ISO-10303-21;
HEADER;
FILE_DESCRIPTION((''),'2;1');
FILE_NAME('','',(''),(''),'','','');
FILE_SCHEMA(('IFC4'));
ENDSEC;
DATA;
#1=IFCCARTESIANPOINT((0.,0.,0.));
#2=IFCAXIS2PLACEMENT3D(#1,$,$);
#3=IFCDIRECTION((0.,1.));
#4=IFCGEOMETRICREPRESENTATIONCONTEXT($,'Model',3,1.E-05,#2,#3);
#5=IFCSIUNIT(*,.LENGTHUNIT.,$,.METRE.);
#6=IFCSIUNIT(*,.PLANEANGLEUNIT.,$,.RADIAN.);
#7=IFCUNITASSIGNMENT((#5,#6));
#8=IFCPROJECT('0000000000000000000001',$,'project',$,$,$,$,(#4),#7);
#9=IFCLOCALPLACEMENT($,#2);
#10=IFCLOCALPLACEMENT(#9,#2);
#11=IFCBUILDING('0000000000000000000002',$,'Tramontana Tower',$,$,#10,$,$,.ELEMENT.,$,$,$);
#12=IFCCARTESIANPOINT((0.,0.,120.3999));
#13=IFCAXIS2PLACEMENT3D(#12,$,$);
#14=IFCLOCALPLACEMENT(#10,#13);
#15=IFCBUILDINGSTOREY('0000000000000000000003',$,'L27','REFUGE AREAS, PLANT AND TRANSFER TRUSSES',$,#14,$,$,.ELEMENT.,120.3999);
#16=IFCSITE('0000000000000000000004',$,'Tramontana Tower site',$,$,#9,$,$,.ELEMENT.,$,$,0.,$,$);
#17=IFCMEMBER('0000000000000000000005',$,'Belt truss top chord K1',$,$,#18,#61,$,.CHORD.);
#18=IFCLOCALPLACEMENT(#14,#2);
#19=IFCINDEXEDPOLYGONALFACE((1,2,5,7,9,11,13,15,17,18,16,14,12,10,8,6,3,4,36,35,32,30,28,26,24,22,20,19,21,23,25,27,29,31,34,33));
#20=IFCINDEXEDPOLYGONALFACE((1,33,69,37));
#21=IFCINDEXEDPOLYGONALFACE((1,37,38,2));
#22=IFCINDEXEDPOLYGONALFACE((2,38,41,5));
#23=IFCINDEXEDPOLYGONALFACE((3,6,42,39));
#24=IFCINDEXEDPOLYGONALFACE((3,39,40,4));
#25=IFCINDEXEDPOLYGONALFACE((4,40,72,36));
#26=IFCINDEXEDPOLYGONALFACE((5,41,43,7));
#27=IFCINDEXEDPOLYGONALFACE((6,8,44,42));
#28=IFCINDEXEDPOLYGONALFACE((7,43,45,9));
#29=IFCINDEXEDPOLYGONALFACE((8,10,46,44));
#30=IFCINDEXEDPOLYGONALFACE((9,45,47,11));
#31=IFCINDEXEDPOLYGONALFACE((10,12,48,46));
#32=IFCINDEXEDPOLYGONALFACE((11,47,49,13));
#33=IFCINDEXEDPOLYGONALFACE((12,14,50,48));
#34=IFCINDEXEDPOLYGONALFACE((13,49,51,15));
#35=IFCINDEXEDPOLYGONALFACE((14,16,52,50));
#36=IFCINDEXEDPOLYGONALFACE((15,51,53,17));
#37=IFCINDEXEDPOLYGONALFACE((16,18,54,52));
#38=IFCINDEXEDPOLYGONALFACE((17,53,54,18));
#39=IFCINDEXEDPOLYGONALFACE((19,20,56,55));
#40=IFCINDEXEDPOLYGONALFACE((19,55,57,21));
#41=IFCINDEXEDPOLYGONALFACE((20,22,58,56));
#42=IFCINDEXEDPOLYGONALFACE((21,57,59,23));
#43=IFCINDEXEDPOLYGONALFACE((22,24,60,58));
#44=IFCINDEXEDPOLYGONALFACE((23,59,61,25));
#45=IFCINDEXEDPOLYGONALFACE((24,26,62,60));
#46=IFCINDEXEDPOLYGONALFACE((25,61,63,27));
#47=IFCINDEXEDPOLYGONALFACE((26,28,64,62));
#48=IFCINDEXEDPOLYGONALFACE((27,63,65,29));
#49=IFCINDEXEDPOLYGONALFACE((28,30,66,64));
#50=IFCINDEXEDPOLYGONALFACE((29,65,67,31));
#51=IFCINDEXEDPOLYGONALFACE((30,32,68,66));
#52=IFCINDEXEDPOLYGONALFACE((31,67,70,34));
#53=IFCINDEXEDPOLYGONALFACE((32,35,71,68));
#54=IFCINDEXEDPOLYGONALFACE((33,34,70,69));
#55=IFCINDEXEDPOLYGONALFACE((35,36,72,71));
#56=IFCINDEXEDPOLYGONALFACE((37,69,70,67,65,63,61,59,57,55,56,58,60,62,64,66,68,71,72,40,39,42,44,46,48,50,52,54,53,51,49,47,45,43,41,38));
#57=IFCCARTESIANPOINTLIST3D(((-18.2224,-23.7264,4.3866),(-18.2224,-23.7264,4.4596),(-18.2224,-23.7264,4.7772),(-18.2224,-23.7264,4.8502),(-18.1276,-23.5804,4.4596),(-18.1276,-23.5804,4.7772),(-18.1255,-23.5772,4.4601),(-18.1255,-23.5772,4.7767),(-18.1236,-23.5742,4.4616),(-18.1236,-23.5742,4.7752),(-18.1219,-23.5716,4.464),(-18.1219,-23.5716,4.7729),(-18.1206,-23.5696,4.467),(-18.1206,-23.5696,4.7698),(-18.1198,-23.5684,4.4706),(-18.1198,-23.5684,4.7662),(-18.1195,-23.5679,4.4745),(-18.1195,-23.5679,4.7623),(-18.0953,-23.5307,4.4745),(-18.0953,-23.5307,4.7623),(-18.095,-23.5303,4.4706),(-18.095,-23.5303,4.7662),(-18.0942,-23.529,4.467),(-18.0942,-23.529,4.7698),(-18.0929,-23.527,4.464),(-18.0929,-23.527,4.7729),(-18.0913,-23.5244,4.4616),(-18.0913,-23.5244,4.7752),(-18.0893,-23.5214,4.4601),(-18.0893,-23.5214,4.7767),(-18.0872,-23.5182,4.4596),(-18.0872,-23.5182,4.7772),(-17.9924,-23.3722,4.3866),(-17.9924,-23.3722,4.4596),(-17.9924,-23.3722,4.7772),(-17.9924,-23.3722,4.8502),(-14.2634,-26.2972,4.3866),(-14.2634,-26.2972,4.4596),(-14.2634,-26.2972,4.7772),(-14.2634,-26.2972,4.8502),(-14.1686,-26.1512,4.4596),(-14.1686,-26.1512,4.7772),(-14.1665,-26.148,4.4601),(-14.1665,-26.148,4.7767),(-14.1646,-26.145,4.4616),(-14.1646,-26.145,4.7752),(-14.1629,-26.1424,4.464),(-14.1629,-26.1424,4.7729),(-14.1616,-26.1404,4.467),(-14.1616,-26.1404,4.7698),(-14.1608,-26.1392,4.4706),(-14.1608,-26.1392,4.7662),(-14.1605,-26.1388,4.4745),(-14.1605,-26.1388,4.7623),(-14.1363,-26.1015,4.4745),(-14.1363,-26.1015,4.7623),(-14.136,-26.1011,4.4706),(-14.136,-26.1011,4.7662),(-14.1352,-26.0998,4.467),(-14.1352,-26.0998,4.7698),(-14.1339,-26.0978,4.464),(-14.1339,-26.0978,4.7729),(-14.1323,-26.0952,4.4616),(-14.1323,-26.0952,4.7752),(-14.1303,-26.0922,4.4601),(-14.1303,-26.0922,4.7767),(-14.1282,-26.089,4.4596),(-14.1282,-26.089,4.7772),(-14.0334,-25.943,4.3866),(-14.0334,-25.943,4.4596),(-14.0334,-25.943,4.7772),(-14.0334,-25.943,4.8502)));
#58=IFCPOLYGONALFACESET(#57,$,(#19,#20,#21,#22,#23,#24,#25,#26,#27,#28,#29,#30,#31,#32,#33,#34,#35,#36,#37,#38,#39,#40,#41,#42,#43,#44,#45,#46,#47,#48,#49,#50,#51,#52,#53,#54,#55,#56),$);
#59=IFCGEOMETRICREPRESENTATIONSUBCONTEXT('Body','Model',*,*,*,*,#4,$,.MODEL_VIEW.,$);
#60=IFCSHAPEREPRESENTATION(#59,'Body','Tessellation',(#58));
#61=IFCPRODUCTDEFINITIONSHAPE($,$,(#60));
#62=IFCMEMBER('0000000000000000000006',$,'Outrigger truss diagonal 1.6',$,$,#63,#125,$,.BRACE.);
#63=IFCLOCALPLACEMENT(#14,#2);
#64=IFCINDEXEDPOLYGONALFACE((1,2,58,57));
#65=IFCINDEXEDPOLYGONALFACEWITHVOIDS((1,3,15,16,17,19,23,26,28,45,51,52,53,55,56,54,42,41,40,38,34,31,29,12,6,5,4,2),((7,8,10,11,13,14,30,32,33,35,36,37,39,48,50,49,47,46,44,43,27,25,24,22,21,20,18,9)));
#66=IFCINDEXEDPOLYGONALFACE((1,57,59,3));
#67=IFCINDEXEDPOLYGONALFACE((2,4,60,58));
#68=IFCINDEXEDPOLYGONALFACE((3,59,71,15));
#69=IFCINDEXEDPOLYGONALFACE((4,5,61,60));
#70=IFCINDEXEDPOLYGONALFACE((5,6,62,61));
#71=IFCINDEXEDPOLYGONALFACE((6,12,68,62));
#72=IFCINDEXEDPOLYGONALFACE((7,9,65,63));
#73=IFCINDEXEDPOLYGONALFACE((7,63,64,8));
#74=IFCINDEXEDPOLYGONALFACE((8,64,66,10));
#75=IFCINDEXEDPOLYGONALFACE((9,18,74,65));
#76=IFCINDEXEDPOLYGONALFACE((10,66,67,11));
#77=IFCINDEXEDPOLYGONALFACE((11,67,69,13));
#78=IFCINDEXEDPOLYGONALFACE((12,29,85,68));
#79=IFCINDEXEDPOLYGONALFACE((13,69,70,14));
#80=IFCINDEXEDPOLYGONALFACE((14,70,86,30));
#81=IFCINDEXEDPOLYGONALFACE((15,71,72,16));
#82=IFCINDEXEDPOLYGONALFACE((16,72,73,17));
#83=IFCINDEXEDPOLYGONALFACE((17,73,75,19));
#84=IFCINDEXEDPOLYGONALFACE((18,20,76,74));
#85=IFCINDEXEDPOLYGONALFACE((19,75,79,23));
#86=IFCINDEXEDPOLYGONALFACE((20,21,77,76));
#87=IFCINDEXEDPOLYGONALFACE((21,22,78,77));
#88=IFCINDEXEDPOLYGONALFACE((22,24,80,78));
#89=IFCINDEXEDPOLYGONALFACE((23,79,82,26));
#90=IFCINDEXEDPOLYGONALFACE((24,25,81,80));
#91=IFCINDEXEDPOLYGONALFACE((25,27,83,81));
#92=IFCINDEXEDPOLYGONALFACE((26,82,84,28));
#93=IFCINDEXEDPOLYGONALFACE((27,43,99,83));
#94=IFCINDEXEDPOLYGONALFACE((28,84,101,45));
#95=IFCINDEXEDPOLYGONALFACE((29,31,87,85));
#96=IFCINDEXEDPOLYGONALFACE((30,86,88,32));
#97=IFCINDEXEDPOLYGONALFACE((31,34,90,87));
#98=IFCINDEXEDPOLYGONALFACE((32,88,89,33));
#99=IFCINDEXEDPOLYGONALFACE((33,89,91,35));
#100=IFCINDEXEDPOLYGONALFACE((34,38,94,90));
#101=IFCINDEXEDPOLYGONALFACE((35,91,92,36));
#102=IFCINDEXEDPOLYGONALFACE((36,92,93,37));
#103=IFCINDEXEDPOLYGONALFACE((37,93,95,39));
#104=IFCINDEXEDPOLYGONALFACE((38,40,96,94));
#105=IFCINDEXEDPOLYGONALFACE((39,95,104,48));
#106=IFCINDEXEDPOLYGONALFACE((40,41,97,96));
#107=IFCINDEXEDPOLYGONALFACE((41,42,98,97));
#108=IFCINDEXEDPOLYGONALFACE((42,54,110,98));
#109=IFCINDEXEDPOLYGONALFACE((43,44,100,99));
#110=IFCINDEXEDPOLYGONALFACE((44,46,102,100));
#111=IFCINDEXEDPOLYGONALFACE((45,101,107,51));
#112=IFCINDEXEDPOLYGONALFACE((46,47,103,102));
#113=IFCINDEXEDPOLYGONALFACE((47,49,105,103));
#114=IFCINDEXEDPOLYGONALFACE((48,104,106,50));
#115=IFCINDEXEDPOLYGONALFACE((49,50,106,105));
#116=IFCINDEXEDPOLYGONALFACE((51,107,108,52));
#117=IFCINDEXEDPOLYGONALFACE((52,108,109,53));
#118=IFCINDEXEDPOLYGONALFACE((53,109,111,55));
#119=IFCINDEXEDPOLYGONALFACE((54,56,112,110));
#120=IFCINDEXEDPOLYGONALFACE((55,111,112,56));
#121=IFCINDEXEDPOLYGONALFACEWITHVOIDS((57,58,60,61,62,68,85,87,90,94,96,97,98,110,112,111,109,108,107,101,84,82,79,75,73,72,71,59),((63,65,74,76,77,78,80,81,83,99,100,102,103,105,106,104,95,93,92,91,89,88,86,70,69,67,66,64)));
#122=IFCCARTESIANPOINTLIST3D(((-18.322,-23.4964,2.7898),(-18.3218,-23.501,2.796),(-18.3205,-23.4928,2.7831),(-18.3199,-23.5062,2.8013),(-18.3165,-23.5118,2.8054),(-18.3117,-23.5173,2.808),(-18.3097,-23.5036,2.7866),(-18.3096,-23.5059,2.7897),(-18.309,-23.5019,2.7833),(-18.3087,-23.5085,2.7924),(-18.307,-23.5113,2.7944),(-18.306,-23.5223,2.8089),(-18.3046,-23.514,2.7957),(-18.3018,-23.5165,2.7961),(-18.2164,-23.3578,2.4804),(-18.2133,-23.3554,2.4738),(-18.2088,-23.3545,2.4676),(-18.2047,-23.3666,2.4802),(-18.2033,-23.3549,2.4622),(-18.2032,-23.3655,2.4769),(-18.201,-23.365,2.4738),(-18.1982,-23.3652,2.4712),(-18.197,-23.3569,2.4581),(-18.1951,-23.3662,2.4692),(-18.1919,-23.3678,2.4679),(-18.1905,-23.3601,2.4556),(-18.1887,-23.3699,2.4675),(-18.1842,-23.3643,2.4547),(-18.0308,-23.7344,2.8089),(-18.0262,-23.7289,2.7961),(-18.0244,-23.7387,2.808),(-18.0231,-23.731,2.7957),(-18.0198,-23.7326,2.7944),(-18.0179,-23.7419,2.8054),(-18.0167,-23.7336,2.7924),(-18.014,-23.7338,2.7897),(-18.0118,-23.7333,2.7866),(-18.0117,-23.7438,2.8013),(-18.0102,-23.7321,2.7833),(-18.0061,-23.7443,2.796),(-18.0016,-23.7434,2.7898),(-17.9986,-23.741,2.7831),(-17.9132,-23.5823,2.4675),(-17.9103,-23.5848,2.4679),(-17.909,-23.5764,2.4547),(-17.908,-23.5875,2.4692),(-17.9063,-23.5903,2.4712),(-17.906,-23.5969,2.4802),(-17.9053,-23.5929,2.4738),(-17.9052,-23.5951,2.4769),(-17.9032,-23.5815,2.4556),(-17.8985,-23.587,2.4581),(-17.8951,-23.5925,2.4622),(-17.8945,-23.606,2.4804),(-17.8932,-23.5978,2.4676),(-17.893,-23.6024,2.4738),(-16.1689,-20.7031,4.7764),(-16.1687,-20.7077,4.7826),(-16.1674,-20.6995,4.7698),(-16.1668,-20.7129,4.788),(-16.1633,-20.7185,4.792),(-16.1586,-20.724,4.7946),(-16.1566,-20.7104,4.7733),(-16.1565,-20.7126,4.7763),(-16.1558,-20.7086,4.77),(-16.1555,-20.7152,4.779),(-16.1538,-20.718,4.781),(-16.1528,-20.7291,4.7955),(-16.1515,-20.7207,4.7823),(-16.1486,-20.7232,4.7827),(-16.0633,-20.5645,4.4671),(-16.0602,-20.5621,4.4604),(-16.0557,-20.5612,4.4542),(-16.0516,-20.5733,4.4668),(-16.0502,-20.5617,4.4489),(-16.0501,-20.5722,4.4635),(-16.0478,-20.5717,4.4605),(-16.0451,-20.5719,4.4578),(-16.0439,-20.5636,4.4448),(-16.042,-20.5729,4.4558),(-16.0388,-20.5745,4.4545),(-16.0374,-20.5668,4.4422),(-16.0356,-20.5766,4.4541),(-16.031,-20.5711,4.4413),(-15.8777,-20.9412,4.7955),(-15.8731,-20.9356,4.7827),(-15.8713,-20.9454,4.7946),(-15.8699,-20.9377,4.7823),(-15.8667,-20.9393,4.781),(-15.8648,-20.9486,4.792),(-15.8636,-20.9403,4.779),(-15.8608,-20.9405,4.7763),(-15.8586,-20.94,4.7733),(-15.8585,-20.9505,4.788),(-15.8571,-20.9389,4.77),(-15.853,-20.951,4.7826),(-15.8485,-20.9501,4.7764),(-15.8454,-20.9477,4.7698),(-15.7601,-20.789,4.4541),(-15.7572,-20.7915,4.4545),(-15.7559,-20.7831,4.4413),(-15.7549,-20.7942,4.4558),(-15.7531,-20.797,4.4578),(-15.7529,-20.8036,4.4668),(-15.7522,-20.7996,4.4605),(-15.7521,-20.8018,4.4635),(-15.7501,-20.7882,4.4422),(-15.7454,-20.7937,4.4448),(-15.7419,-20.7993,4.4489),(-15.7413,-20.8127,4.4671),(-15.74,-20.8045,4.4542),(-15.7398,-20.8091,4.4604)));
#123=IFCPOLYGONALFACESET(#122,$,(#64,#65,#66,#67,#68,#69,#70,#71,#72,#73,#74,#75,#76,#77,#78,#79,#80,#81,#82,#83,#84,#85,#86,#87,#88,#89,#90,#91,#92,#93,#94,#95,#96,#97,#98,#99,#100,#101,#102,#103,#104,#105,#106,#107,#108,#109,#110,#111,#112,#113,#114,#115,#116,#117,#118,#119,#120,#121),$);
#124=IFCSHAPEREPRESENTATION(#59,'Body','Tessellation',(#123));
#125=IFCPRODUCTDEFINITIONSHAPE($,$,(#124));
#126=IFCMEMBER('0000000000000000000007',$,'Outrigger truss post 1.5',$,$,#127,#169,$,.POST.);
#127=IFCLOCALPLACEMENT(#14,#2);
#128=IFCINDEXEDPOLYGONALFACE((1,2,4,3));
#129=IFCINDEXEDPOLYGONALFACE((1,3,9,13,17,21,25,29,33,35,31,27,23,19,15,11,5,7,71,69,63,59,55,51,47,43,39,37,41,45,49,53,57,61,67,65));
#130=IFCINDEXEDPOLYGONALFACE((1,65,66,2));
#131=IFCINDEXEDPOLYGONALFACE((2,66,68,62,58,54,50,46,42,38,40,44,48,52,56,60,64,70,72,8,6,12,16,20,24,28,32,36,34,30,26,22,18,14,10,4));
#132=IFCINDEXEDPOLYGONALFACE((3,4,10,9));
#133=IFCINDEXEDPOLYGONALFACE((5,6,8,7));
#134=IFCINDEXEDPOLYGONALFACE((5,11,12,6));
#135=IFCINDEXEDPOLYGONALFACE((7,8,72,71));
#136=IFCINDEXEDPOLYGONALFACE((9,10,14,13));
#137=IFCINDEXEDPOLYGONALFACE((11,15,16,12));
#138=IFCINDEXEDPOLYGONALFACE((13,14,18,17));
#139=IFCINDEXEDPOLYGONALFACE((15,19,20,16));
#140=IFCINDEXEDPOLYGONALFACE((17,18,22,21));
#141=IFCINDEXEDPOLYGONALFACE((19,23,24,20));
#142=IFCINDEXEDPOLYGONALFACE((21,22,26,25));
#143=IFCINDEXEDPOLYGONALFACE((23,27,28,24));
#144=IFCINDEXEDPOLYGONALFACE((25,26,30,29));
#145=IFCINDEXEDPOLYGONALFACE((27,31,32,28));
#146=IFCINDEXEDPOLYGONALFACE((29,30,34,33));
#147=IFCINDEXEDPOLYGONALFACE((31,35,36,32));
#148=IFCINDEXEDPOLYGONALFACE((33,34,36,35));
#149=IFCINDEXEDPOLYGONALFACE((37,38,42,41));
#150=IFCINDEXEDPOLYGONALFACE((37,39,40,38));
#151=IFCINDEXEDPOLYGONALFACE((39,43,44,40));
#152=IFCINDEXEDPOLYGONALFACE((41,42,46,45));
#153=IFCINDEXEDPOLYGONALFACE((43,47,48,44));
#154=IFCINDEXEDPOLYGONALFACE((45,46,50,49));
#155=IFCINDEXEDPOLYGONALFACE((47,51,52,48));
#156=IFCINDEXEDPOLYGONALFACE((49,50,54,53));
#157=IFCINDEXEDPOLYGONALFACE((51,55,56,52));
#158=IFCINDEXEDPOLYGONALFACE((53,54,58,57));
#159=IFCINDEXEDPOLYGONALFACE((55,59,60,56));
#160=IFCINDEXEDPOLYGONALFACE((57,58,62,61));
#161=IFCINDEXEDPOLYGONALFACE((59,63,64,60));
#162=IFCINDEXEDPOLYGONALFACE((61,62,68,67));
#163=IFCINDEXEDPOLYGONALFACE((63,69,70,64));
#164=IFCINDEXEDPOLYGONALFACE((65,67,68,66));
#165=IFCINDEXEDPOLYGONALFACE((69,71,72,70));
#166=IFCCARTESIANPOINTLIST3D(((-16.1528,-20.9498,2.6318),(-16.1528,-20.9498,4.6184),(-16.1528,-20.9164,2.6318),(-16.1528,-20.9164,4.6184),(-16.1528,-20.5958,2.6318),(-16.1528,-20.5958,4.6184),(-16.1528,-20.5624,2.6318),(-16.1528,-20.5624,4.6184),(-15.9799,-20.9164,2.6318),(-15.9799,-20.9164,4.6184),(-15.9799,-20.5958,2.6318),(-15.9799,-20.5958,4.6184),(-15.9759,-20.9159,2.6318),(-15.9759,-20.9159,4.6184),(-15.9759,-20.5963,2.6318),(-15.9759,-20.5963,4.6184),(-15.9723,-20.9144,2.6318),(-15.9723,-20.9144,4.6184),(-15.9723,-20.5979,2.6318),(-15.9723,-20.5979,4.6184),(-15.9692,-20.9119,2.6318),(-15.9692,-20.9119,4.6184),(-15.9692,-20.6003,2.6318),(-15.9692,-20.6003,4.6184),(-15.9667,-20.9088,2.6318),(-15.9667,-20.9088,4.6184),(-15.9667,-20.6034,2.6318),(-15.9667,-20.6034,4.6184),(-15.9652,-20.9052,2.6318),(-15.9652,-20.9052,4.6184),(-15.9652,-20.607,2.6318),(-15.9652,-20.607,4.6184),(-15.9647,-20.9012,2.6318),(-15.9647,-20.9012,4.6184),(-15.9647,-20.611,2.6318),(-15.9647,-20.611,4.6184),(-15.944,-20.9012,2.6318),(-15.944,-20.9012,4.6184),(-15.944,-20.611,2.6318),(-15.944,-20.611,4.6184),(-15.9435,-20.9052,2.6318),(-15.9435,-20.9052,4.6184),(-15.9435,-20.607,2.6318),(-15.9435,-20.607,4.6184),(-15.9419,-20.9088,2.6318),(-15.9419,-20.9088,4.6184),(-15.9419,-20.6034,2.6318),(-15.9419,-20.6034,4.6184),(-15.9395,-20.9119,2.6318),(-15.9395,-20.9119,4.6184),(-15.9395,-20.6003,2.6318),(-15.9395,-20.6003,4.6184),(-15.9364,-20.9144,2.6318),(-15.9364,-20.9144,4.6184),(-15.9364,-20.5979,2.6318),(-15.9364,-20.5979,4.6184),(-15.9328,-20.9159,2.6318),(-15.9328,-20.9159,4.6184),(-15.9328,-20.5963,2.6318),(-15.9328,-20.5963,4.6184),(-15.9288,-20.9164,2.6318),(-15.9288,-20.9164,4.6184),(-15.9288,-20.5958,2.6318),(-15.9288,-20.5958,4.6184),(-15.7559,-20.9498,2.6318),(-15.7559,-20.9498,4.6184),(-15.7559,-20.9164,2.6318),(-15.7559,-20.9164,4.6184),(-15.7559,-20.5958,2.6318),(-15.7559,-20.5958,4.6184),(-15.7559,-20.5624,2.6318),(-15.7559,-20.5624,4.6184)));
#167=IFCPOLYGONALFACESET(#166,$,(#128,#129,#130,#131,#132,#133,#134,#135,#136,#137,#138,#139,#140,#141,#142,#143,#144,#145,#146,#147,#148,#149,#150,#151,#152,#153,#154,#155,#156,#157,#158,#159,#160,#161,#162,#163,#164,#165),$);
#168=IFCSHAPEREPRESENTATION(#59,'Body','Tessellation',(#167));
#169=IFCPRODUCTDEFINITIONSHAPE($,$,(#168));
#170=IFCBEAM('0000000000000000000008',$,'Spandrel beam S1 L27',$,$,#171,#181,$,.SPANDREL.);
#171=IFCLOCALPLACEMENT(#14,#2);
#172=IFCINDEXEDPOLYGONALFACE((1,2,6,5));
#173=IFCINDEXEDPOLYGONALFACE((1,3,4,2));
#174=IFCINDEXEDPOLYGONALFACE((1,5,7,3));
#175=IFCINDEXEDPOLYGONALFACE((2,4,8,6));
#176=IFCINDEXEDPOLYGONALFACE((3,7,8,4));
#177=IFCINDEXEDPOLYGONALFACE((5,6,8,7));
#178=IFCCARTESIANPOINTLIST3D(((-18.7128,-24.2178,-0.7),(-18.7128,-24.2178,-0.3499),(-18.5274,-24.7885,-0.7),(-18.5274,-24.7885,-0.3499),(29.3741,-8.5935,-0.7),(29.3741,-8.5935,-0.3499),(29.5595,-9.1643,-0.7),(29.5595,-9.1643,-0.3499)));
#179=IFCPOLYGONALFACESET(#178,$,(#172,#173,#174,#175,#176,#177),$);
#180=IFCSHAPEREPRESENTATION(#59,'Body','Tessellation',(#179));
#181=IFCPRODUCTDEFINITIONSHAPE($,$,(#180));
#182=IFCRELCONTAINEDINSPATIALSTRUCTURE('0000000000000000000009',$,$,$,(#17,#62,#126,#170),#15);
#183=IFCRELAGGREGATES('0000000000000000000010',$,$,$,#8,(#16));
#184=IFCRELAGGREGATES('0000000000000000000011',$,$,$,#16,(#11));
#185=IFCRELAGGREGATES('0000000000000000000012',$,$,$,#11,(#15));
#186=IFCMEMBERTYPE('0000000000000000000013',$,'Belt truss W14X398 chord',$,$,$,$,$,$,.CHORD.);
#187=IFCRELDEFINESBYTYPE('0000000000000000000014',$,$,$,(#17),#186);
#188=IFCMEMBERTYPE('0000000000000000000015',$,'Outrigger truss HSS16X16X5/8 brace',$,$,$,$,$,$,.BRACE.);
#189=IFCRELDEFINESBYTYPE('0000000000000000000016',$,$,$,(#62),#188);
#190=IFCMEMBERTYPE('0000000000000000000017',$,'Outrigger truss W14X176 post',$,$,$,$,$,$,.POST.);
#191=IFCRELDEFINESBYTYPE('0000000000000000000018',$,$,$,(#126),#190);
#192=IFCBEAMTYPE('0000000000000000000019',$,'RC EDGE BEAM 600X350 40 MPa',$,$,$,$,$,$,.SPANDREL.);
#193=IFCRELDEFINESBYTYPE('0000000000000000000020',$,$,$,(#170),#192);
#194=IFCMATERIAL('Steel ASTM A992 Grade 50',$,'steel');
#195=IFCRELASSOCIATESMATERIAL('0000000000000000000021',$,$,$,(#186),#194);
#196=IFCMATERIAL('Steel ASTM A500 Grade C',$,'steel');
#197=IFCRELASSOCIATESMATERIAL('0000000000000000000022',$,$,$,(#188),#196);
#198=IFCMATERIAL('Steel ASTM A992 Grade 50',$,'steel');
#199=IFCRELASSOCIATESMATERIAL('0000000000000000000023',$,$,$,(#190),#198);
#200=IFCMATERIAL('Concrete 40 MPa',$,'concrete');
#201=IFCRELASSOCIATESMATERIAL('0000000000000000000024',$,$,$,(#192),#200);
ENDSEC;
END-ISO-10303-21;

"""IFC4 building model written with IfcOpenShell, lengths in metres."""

from ifc_helpers import new_model, si_unit, direction, frame, origin, origin_2d, place, context, subcontext, project, spatial, rectangle, hollow_rectangle, i_section, extrude, material, material_profile, profile_set, type_object, element, save


model = new_model("IFC4")

# Units and contexts
model_context = context("Model", 3, precision=1e-05, world=origin(), true_north=direction((0.0, 1.0)))
body_context = subcontext(model_context, "Body", "Model", "MODEL_VIEW")
ifc_project = project(units=[si_unit("LENGTHUNIT", "METRE"), si_unit("PLANEANGLEUNIT", "RADIAN")], contexts=[model_context])

# Site, building, storey
site_placement = place(None, origin())
site = spatial("IfcSite", under=ifc_project, at=site_placement, Name="Tramontana Tower site", CompositionType="ELEMENT", RefElevation=0.0)
building_placement = place(site_placement, origin())
building = spatial("IfcBuilding", under=site, at=building_placement, Name="Tramontana Tower", CompositionType="ELEMENT")
storey_placement = place(building_placement, frame((0.0, 0.0, 120.3999)))
storey = spatial("IfcBuildingStorey", under=building, at=storey_placement, Name="L27", Description="REFUGE AREAS, PLANT AND TRANSFER TRUSSES", CompositionType="ELEMENT", Elevation=120.3999)

# Members
ifc_material_1 = material(Name="Steel ASTM A992 Grade 50", Category="steel")
ifc_material_profile_1 = material_profile(ifc_material_1, i_section(OverallWidth=0.4224, OverallDepth=0.4636, WebThickness=0.0444, FlangeThickness=0.073, FilletRadius=0.0149, at=origin_2d()), Name="W14X398")
ifc_profile_set_1 = profile_set([ifc_material_profile_1], Name="Steel ASTM A992 Grade 50")
member_type_1 = type_object("IfcMemberType", Name="Belt truss W14X398 chord", PredefinedType="CHORD", material=ifc_profile_set_1)
for number, where, z_axis, x_axis, name in (
    (1, (-18.1074, -23.5493, 4.6184), (0.838689, -0.54461, 0.0), (0.54461, 0.838689, 0.0), "Belt truss top chord K1"),
):
    element("IfcMember", number, at=place(storey_placement, frame(where, z_axis=z_axis, x_axis=x_axis)), inside=storey, type_object=member_type_1, Name=name, PredefinedType="CHORD", context=body_context, shape_type="SweptSolid", body=[
        extrude(i_section(OverallWidth=0.4224, OverallDepth=0.4636, WebThickness=0.0444, FlangeThickness=0.073, FilletRadius=0.0149, at=origin_2d()), origin(), (0.0, 0.0, 1.0), 4.7205),
    ])
ifc_material_2 = material(Name="Steel ASTM A500 Grade C", Category="steel")
ifc_material_profile_2 = material_profile(ifc_material_2, hollow_rectangle(XDim=0.4065, YDim=0.4065, WallThickness=0.0146, InnerFilletRadius=0.0146, OuterFilletRadius=0.0295, at=origin_2d()), Name="HSS16X16X5/8")
ifc_profile_set_2 = profile_set([ifc_material_profile_2], Name="Steel ASTM A500 Grade C")
member_type_2 = type_object("IfcMemberType", Name="Outrigger truss HSS16X16X5/8 brace", PredefinedType="BRACE", material=ifc_profile_set_2)
member_1_placement = place(storey_placement, frame((-15.9543, -20.7561, 4.6184), z_axis=(-0.53192, -0.690066, -0.490785), x_axis=(0.792014, -0.610503, 0.0)))
element("IfcMember", 2, at=member_1_placement, inside=storey, type_object=member_type_2, Name="Outrigger truss diagonal 1.6", PredefinedType="BRACE", context=body_context, shape_type="SweptSolid", body=[
    extrude(hollow_rectangle(XDim=0.4065, YDim=0.4065, WallThickness=0.0146, InnerFilletRadius=0.0146, OuterFilletRadius=0.0295, at=origin_2d()), origin(), (0.0, 0.0, 1.0), 4.0479),
])
ifc_material_3 = material(Name="Steel ASTM A992 Grade 50", Category="steel")
ifc_material_profile_3 = material_profile(ifc_material_3, i_section(OverallWidth=0.397, OverallDepth=0.3875, WebThickness=0.0208, FlangeThickness=0.0334, FilletRadius=0.0151, at=origin_2d()), Name="W14X176")
ifc_profile_set_3 = profile_set([ifc_material_profile_3], Name="Steel ASTM A992 Grade 50")
member_type_3 = type_object("IfcMemberType", Name="Outrigger truss W14X176 post", PredefinedType="POST", material=ifc_profile_set_3)
member_2_placement = place(storey_placement, frame((-15.9543, -20.7561, 2.6318), z_axis=(0.0, 0.0, 1.0), x_axis=(1.0, 0.0, 0.0)))
element("IfcMember", 3, at=member_2_placement, inside=storey, type_object=member_type_3, Name="Outrigger truss post 1.5", PredefinedType="POST", context=body_context, shape_type="SweptSolid", body=[
    extrude(i_section(OverallWidth=0.397, OverallDepth=0.3875, WebThickness=0.0208, FlangeThickness=0.0334, FilletRadius=0.0151, at=origin_2d()), origin(), (0.0, 0.0, 1.0), 1.9866),
])

# Beam
ifc_material_4 = material(Name="Concrete 40 MPa", Category="concrete")
ifc_material_profile_4 = material_profile(ifc_material_4, rectangle(XDim=0.6001, YDim=0.3501, at=origin_2d()), Name="RC EDGE BEAM 600X350 40 MPa")
ifc_profile_set_4 = profile_set([ifc_material_profile_4], Name="Concrete 40 MPa")
beam_type_1 = type_object("IfcBeamType", Name="RC EDGE BEAM 600X350 40 MPa", PredefinedType="SPANDREL", material=ifc_profile_set_4)
beam_1_placement = place(storey_placement, frame((-18.6201, -24.5032, -0.5249), z_axis=(0.951057, 0.309015, 0.0), x_axis=(-0.309015, 0.951057, 0.0)))
element("IfcBeam", 4, at=beam_1_placement, inside=storey, type_object=beam_type_1, Name="Spandrel beam S1 L27", PredefinedType="SPANDREL", context=body_context, shape_type="SweptSolid", body=[
    extrude(rectangle(XDim=0.6001, YDim=0.3501, at=origin_2d()), origin(), (0.0, 0.0, 1.0), 50.5615),
])

save(model, "model.ifc")
